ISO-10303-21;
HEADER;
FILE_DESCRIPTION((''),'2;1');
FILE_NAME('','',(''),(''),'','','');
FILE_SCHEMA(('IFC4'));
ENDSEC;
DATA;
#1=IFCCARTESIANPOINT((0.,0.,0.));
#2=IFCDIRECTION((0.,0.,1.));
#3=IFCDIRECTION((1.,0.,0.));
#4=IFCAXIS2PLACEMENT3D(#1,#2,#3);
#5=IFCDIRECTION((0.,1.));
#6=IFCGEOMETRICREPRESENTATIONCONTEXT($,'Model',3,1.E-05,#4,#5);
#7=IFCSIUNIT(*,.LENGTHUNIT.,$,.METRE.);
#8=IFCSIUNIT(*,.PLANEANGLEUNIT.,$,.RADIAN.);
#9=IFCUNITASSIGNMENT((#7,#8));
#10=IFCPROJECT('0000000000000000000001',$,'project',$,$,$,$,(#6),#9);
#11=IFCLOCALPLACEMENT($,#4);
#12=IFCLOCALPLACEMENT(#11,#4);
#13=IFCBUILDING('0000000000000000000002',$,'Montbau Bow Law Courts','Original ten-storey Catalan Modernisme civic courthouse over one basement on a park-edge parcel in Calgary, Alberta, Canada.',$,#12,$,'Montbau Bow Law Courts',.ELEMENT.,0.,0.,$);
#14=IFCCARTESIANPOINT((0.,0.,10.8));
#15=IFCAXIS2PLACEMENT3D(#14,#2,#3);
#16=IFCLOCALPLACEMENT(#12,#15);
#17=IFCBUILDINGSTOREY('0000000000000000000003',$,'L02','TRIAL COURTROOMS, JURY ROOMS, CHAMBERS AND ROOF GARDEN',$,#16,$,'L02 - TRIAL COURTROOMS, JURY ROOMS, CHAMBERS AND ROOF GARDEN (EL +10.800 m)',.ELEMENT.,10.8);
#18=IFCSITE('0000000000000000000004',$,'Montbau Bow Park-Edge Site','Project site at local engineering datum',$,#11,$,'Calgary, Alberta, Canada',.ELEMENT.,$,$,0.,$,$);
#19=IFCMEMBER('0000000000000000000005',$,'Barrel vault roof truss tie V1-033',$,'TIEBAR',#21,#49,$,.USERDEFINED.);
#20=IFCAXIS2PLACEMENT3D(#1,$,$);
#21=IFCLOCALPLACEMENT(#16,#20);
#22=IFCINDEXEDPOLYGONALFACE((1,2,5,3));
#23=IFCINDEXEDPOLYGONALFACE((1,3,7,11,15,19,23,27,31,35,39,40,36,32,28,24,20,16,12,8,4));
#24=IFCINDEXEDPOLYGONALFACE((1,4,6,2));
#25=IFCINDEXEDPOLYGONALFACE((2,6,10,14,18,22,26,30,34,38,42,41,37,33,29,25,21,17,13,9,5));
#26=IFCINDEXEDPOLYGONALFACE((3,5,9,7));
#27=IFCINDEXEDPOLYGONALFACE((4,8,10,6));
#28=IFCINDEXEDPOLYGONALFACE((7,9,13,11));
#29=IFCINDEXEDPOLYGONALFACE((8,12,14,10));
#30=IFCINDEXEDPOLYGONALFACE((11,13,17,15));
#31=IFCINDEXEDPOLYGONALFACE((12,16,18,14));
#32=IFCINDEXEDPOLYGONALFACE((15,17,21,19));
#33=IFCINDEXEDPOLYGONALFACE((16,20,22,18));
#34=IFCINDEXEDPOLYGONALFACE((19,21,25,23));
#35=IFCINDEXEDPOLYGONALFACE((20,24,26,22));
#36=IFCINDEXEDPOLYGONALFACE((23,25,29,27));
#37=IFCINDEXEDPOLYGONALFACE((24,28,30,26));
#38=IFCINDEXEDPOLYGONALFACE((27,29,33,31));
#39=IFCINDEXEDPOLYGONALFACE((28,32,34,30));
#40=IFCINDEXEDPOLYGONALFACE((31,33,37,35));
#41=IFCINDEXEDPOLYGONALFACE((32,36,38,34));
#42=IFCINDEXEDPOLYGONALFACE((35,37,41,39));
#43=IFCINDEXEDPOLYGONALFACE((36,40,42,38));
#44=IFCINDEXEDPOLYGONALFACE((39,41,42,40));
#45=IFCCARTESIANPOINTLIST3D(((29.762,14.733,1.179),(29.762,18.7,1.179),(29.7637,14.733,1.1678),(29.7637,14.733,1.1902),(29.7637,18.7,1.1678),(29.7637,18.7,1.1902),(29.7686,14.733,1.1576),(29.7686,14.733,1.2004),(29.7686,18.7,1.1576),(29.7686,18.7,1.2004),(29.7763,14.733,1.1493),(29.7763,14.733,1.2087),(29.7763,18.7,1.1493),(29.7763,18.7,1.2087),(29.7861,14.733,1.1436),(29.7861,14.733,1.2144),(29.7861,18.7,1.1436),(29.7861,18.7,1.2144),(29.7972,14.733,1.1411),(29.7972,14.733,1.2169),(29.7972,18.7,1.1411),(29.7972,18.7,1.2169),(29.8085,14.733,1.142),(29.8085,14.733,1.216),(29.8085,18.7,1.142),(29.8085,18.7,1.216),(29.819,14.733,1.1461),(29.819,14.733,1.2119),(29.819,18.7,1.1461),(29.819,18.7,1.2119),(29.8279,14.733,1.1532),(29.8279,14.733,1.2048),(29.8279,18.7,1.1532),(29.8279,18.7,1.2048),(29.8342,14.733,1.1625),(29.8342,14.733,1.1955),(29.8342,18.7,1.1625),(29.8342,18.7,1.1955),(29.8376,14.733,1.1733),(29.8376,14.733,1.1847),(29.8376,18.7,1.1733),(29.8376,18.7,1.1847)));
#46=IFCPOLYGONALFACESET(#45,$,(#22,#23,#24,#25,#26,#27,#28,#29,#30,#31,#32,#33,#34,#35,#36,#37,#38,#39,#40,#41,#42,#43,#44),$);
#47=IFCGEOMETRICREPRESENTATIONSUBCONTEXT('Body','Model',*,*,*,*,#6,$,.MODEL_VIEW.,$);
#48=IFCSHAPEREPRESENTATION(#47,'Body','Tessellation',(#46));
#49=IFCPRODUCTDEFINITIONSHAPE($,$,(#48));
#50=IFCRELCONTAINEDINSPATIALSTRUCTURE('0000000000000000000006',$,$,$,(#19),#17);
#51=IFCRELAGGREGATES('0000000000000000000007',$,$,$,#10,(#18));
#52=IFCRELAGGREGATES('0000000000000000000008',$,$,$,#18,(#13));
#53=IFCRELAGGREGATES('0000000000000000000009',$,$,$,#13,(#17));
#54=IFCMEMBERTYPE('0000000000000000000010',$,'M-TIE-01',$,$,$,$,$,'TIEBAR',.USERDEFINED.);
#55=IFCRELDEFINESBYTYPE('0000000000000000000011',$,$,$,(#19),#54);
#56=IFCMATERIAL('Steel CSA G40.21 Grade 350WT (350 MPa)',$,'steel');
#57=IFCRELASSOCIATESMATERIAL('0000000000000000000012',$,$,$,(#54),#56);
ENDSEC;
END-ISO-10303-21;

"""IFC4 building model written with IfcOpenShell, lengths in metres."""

from ifc_helpers import new_model, si_unit, direction, frame, origin_with_axes, origin_2d_with_axis, place, context, subcontext, project, spatial, circle, extrude, material, material_profile, profile_set, type_object, element, save


model = new_model("IFC4")

# Units and contexts
model_context = context("Model", 3, precision=1e-05, world=origin_with_axes(), true_north=direction((0.0, 1.0)))
body_context = subcontext(model_context, "Body", "Model", "MODEL_VIEW")
ifc_project = project(units=[si_unit("LENGTHUNIT", "METRE"), si_unit("PLANEANGLEUNIT", "RADIAN")], contexts=[model_context])

# Site, building, storey
site_placement = place(None, origin_with_axes())
site = spatial("IfcSite", under=ifc_project, at=site_placement, Name="Montbau Bow Park-Edge Site", Description="Project site at local engineering datum", LongName="Calgary, Alberta, Canada", CompositionType="ELEMENT", RefElevation=0.0)
building_placement = place(site_placement, origin_with_axes())
building = spatial("IfcBuilding", under=site, at=building_placement, Name="Montbau Bow Law Courts", Description="Original ten-storey Catalan Modernisme civic courthouse over one basement on a park-edge parcel in Calgary, Alberta, Canada.", LongName="Montbau Bow Law Courts", CompositionType="ELEMENT", ElevationOfRefHeight=0.0, ElevationOfTerrain=0.0)
storey_placement = place(building_placement, frame((0.0, 0.0, 10.8), z_axis=(0.0, 0.0, 1.0), x_axis=(1.0, 0.0, 0.0)))
storey = spatial("IfcBuildingStorey", under=building, at=storey_placement, Name="L02", Description="TRIAL COURTROOMS, JURY ROOMS, CHAMBERS AND ROOF GARDEN", LongName="L02 - TRIAL COURTROOMS, JURY ROOMS, CHAMBERS AND ROOF GARDEN (EL +10.800 m)", CompositionType="ELEMENT", Elevation=10.8)

# Shared definitions
ifc_material = material(Name="Steel CSA G40.21 Grade 350WT (350 MPa)", Category="steel")

# Member
ifc_material_profile_1 = material_profile(ifc_material, circle(Radius=0.038, at=origin_2d_with_axis()), Name="ROD76", Category="Main", Priority=0)
ifc_profile_set_1 = profile_set([ifc_material_profile_1], Name="Steel CSA G40.21 Grade 350WT (350 MPa)")
member_type_1 = type_object("IfcMemberType", Name="M-TIE-01", ElementType="TIEBAR", PredefinedType="USERDEFINED", material=ifc_profile_set_1)
member_1_placement = place(None, frame((29.8, 14.733, 11.979), z_axis=(0.0, 1.0, 0.0), x_axis=(-1.0, 0.0, 0.0)))
element("IfcMember", 1, at=member_1_placement, inside=storey, type_object=member_type_1, Name="Barrel vault roof truss tie V1-033", ObjectType="TIEBAR", PredefinedType="USERDEFINED", context=body_context, shape_type="SweptSolid", body=[
    extrude(circle(Radius=0.038, at=origin_2d_with_axis()), origin_with_axes(), (0.0, 0.0, 1.0), 3.967),
])

save(model, "model.ifc")
